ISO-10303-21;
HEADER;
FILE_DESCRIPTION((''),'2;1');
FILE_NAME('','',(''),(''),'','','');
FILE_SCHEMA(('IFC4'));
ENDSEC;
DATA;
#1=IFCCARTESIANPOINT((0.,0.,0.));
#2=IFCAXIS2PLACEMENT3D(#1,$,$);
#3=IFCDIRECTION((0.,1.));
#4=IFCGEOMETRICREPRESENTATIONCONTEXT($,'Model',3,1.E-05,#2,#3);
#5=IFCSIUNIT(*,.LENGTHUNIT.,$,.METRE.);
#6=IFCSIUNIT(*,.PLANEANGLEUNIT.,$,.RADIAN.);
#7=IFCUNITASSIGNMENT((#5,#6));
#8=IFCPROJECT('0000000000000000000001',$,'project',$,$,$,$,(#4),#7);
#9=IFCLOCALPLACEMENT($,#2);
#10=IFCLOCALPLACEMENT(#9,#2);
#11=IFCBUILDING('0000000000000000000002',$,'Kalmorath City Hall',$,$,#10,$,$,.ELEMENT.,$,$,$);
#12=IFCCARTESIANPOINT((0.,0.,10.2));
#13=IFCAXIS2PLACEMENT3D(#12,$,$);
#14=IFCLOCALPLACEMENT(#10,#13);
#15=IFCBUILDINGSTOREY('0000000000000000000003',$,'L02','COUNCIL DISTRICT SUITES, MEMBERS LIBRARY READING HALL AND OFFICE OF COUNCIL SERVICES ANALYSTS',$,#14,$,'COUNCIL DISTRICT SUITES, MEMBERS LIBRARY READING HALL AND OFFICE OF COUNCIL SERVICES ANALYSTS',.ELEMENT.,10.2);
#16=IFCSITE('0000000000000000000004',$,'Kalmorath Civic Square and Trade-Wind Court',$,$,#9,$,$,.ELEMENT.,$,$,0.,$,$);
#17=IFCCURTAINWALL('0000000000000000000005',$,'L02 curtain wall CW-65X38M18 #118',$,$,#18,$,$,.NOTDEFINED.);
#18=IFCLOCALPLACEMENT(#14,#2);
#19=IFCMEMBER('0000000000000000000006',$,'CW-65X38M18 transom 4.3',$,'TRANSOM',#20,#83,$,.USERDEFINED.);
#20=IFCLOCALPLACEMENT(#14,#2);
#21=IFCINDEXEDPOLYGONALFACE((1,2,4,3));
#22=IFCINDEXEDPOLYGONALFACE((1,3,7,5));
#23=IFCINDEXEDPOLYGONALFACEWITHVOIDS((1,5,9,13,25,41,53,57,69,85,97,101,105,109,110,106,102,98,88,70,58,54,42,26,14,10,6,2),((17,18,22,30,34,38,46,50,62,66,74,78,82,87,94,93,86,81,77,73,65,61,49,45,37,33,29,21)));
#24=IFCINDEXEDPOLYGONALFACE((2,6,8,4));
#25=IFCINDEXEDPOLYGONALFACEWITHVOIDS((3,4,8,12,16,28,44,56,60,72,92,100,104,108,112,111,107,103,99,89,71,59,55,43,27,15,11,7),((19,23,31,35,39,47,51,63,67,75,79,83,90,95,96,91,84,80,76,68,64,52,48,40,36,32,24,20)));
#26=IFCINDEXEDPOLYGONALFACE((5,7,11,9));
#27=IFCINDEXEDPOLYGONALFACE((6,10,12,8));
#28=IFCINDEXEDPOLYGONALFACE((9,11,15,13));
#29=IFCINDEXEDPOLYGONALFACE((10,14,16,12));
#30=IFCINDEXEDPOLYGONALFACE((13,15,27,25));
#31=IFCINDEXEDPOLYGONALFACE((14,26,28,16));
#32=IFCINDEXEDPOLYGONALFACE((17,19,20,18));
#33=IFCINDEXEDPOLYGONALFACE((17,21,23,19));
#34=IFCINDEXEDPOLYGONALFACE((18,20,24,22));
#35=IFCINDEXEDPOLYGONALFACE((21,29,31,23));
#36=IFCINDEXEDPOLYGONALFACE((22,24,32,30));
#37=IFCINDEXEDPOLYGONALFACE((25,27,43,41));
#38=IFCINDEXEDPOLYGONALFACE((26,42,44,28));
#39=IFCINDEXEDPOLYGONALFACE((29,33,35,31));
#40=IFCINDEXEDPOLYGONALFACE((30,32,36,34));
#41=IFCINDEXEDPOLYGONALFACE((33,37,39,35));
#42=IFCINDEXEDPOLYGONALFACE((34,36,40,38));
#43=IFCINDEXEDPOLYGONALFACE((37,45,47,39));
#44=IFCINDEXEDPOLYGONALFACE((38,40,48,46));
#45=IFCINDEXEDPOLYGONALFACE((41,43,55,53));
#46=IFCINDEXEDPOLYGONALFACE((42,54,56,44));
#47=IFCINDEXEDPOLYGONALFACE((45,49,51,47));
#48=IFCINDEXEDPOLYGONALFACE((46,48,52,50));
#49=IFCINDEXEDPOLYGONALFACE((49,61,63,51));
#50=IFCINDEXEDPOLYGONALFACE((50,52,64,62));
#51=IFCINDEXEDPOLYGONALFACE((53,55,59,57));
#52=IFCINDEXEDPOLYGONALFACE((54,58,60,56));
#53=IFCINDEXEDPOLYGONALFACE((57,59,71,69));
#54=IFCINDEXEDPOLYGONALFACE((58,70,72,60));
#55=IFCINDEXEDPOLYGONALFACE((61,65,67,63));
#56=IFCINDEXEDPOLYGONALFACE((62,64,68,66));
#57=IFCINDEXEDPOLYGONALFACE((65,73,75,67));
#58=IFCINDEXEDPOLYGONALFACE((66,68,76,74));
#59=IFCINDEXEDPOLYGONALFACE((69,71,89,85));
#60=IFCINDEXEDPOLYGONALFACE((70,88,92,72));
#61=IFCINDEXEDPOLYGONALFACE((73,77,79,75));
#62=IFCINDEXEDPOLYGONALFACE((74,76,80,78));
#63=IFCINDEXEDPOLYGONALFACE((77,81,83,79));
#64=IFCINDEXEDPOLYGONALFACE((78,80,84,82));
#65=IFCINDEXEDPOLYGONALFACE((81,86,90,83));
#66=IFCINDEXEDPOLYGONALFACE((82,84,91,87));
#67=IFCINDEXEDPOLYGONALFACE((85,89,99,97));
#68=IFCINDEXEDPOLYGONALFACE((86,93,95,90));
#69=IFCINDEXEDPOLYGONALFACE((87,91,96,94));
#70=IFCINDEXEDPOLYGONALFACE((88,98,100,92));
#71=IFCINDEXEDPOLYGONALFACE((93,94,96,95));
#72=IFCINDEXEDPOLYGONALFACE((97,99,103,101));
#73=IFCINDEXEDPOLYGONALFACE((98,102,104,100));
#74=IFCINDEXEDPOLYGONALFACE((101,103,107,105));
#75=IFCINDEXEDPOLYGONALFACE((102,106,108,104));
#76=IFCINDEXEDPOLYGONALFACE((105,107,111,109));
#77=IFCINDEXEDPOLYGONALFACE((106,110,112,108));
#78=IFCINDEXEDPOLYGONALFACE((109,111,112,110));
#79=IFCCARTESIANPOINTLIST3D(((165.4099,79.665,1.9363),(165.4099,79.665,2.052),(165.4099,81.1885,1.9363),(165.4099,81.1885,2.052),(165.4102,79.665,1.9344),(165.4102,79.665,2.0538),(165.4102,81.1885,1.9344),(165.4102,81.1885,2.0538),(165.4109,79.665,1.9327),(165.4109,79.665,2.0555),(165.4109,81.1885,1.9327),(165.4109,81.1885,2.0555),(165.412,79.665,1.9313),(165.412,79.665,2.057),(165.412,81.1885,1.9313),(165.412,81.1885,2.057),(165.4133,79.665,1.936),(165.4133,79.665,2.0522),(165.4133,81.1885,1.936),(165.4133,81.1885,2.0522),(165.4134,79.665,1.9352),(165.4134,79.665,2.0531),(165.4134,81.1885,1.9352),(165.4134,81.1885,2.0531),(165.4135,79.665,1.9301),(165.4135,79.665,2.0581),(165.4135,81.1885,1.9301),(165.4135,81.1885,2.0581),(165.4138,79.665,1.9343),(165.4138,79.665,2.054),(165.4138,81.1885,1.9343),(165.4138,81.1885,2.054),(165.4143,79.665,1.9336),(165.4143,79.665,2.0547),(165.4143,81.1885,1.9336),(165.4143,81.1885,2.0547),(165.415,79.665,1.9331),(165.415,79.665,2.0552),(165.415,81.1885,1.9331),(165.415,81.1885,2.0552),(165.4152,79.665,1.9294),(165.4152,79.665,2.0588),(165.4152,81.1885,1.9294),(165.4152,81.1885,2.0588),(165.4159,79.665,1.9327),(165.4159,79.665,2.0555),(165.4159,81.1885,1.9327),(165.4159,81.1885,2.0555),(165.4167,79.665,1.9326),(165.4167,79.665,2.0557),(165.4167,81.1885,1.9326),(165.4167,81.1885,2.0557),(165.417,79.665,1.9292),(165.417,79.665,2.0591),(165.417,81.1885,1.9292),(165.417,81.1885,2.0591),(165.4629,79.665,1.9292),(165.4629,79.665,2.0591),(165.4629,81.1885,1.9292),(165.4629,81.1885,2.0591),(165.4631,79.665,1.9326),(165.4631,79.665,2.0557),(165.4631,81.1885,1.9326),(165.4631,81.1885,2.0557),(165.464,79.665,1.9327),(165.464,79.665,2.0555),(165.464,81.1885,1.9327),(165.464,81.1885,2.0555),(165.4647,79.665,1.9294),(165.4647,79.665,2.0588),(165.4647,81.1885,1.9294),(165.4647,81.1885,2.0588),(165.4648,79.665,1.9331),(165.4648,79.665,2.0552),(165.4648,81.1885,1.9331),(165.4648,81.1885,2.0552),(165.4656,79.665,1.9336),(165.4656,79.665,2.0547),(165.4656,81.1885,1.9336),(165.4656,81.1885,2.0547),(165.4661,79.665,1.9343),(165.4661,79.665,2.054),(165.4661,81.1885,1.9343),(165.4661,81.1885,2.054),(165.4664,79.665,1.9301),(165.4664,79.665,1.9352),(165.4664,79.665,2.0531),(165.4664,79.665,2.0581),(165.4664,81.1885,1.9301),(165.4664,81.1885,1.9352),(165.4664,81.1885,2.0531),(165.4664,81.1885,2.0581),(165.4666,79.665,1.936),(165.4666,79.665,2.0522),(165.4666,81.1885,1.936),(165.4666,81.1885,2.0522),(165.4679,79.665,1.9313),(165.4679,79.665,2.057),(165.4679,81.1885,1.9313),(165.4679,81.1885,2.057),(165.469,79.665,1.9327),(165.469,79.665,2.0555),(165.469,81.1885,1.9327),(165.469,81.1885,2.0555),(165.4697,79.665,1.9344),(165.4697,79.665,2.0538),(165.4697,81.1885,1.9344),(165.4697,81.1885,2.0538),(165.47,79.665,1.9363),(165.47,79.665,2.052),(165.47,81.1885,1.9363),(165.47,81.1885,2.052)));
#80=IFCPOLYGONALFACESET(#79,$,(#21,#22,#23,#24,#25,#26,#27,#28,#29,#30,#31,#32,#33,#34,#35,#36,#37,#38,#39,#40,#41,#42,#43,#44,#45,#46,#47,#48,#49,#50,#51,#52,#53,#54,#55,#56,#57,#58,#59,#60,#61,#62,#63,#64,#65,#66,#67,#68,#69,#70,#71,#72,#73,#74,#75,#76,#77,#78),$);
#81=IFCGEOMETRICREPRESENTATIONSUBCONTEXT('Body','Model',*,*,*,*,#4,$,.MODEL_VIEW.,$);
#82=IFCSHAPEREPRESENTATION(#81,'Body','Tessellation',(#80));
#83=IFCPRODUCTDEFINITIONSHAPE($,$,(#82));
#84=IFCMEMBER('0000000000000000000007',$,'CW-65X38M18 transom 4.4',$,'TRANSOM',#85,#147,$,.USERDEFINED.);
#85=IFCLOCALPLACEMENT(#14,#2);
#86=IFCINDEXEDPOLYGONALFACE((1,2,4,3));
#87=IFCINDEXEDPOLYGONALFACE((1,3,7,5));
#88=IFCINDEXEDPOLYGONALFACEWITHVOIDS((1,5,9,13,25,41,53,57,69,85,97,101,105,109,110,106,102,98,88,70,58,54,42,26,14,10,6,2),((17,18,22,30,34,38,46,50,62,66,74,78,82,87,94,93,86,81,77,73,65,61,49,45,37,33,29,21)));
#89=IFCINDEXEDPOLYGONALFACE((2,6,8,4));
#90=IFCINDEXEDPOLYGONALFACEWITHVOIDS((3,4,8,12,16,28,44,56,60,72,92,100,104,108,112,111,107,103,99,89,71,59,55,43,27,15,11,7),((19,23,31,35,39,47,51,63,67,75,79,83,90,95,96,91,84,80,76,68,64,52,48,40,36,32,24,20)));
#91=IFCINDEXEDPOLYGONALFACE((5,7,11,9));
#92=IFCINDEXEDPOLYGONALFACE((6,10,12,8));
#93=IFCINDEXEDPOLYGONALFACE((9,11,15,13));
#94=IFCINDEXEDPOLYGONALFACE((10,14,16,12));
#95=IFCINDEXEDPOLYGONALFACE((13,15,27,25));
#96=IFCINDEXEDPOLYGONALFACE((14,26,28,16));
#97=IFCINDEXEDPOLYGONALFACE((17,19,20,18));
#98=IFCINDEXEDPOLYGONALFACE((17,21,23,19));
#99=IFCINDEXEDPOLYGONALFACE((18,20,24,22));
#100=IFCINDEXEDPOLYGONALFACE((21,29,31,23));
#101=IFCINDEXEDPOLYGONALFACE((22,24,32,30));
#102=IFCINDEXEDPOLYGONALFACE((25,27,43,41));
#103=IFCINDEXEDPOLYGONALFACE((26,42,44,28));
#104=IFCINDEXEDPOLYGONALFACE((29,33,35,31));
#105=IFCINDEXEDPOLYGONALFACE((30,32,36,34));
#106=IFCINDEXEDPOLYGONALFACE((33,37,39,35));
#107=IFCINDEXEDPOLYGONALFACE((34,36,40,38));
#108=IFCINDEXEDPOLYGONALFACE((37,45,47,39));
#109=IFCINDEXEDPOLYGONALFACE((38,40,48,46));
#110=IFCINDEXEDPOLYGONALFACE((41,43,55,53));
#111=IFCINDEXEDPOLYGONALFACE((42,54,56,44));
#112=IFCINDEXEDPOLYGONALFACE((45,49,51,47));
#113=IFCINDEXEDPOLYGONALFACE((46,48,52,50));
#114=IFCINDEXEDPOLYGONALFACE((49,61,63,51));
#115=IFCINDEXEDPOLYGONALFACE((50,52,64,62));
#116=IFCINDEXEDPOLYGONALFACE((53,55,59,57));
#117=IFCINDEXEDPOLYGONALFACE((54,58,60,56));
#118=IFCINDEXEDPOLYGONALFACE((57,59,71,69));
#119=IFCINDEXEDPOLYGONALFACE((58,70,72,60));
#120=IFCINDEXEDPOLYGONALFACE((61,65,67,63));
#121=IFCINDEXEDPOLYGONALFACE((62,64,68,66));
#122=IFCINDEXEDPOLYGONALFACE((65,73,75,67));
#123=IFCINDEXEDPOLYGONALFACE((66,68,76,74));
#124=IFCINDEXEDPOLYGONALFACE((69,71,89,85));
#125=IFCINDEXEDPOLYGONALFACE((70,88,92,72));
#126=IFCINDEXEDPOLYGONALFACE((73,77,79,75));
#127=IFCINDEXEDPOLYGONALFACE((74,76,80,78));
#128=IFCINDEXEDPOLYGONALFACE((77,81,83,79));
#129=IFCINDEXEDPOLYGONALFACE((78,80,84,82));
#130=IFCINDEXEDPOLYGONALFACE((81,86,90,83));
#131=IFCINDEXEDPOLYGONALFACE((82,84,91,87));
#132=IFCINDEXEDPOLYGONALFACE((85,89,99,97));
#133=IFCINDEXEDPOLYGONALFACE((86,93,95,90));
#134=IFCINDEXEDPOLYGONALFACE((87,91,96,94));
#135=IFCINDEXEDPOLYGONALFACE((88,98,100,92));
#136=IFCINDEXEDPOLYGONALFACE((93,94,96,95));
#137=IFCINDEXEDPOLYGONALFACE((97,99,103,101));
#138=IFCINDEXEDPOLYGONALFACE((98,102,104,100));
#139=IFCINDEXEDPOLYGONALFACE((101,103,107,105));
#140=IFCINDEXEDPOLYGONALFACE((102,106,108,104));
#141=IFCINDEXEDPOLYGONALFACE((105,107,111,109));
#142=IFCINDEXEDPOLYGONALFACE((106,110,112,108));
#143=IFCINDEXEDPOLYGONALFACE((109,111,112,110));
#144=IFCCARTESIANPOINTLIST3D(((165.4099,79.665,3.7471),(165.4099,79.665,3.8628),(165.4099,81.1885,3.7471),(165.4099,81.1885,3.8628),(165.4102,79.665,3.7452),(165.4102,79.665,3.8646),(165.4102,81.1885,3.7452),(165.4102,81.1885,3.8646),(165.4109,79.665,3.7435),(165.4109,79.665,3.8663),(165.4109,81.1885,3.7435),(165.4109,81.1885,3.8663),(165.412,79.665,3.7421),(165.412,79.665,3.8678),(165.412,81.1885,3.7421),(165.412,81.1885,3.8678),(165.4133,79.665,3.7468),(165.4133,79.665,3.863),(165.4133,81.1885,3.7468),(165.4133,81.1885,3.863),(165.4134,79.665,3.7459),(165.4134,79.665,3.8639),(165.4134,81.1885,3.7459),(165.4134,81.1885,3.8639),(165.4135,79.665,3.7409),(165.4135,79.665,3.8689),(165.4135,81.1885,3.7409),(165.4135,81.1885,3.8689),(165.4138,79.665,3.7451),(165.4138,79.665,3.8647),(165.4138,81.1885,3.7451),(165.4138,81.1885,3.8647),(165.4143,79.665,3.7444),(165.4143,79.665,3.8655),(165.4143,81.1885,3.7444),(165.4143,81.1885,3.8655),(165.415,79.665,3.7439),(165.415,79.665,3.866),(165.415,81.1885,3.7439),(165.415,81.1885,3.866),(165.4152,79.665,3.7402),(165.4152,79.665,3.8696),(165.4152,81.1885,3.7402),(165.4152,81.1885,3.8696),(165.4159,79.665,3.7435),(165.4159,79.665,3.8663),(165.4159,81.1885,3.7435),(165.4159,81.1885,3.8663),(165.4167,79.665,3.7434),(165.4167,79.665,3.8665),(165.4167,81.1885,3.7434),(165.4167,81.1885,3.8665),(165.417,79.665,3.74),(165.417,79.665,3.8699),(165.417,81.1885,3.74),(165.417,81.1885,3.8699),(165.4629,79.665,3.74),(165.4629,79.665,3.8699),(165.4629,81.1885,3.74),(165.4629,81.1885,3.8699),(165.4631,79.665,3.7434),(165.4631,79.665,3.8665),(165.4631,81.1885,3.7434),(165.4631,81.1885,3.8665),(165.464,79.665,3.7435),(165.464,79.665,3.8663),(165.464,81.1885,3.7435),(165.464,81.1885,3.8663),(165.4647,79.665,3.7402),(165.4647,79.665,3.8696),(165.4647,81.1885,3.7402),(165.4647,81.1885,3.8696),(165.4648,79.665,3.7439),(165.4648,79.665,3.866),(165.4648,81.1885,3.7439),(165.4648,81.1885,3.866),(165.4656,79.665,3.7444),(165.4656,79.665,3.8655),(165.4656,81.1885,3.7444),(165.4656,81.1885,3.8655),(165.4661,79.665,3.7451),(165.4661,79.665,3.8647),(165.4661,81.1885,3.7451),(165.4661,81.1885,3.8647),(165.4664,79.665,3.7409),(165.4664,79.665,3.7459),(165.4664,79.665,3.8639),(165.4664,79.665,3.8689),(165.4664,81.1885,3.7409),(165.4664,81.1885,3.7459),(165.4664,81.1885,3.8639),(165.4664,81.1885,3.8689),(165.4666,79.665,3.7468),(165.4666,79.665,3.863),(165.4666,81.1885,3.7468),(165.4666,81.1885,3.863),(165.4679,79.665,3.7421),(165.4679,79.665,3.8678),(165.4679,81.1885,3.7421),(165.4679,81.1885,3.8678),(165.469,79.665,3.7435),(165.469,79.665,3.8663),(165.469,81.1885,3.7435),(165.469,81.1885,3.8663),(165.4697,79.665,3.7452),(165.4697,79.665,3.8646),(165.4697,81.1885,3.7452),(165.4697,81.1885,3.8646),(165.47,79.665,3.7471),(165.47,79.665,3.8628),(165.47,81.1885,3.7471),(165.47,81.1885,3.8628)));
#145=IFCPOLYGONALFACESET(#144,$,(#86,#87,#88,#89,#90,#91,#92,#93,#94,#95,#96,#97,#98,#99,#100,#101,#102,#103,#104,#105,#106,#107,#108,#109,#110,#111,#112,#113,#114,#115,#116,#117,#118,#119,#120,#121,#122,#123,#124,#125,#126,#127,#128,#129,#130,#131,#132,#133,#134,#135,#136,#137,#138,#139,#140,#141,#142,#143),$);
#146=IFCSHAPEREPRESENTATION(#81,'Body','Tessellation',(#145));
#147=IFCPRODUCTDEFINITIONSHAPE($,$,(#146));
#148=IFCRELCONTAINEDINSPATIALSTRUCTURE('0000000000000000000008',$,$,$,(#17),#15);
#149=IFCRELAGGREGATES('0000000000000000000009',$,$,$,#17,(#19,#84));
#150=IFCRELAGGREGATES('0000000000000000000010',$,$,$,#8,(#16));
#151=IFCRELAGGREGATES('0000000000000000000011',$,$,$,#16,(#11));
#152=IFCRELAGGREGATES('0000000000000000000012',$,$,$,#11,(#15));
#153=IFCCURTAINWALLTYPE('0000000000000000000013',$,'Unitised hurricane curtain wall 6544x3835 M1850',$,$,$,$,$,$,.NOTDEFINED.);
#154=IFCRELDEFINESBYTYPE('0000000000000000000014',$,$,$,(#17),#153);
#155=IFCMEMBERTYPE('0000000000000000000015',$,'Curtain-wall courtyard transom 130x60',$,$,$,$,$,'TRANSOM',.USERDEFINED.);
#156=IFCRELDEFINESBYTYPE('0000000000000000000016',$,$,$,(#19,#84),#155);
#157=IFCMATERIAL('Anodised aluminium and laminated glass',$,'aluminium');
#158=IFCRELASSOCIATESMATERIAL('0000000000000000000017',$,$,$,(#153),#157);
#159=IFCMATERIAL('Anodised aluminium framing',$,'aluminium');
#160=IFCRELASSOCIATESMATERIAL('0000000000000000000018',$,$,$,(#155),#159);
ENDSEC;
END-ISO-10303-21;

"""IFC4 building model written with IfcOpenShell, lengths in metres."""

from ifc_helpers import new_model, si_unit, direction, frame, origin, origin_2d, place, context, subcontext, project, spatial, hollow_rectangle, extrude, material, material_profile, profile_set, type_object, element, aggregate, save


model = new_model("IFC4")

# Units and contexts
model_context = context("Model", 3, precision=1e-05, world=origin(), true_north=direction((0.0, 1.0)))
body_context = subcontext(model_context, "Body", "Model", "MODEL_VIEW")
ifc_project = project(units=[si_unit("LENGTHUNIT", "METRE"), si_unit("PLANEANGLEUNIT", "RADIAN")], contexts=[model_context])

# Site, building, storey
site_placement = place(None, origin())
site = spatial("IfcSite", under=ifc_project, at=site_placement, Name="Kalmorath Civic Square and Trade-Wind Court", CompositionType="ELEMENT", RefElevation=0.0)
building_placement = place(site_placement, origin())
building = spatial("IfcBuilding", under=site, at=building_placement, Name="Kalmorath City Hall", CompositionType="ELEMENT")
storey_placement = place(building_placement, frame((0.0, 0.0, 10.2)))
storey = spatial("IfcBuildingStorey", under=building, at=storey_placement, Name="L02", Description="COUNCIL DISTRICT SUITES, MEMBERS LIBRARY READING HALL AND OFFICE OF COUNCIL SERVICES ANALYSTS", LongName="COUNCIL DISTRICT SUITES, MEMBERS LIBRARY READING HALL AND OFFICE OF COUNCIL SERVICES ANALYSTS", CompositionType="ELEMENT", Elevation=10.2)

# Curtain wall, members
ifc_material_1 = material(Name="Anodised aluminium and laminated glass", Category="aluminium")
curtain_wall_type_1 = type_object("IfcCurtainWallType", Name="Unitised hurricane curtain wall 6544x3835 M1850", PredefinedType="NOTDEFINED", material=ifc_material_1)
curtain_wall_1_placement = place(storey_placement, origin())
curtain_wall_1 = element("IfcCurtainWall", 1, at=curtain_wall_1_placement, inside=storey, type_object=curtain_wall_type_1, Name="L02 curtain wall CW-65X38M18 #118", PredefinedType="NOTDEFINED")
ifc_material_2 = material(Name="Anodised aluminium framing", Category="aluminium")
ifc_material_profile_1 = material_profile(ifc_material_2, hollow_rectangle(XDim=0.0601, YDim=0.1299, WallThickness=0.0034, InnerFilletRadius=0.0034, OuterFilletRadius=0.0071, at=origin_2d()), Name="ALU-TRN-130X60X3.5")
ifc_profile_set_1 = profile_set([ifc_material_profile_1], Name="Anodised aluminium framing")
member_type_1 = type_object("IfcMemberType", Name="Curtain-wall courtyard transom 130x60", ElementType="TRANSOM", PredefinedType="USERDEFINED", material=ifc_profile_set_1)
member_1_placement = place(storey_placement, frame((165.4399, 81.1885, 1.9941), z_axis=(0.0, -1.0, 0.0), x_axis=(1.0, 0.0, 0.0)))
member_1 = element("IfcMember", 2, at=member_1_placement, type_object=member_type_1, Name="CW-65X38M18 transom 4.3", ObjectType="TRANSOM", PredefinedType="USERDEFINED", context=body_context, shape_type="SweptSolid", body=[
    extrude(hollow_rectangle(XDim=0.0601, YDim=0.1299, WallThickness=0.0034, InnerFilletRadius=0.0034, OuterFilletRadius=0.0071, at=origin_2d()), origin(), (0.0, 0.0, 1.0), 1.5234),
])
member_2_placement = place(storey_placement, frame((165.4399, 81.1885, 3.8049), z_axis=(0.0, -1.0, 0.0), x_axis=(1.0, 0.0, 0.0)))
member_2 = element("IfcMember", 3, at=member_2_placement, type_object=member_type_1, Name="CW-65X38M18 transom 4.4", ObjectType="TRANSOM", PredefinedType="USERDEFINED", context=body_context, shape_type="SweptSolid", body=[
    extrude(hollow_rectangle(XDim=0.0601, YDim=0.1299, WallThickness=0.0034, InnerFilletRadius=0.0034, OuterFilletRadius=0.0071, at=origin_2d()), origin(), (0.0, 0.0, 1.0), 1.5234),
])

aggregate(curtain_wall_1, [member_1, member_2])

save(model, "model.ifc")
